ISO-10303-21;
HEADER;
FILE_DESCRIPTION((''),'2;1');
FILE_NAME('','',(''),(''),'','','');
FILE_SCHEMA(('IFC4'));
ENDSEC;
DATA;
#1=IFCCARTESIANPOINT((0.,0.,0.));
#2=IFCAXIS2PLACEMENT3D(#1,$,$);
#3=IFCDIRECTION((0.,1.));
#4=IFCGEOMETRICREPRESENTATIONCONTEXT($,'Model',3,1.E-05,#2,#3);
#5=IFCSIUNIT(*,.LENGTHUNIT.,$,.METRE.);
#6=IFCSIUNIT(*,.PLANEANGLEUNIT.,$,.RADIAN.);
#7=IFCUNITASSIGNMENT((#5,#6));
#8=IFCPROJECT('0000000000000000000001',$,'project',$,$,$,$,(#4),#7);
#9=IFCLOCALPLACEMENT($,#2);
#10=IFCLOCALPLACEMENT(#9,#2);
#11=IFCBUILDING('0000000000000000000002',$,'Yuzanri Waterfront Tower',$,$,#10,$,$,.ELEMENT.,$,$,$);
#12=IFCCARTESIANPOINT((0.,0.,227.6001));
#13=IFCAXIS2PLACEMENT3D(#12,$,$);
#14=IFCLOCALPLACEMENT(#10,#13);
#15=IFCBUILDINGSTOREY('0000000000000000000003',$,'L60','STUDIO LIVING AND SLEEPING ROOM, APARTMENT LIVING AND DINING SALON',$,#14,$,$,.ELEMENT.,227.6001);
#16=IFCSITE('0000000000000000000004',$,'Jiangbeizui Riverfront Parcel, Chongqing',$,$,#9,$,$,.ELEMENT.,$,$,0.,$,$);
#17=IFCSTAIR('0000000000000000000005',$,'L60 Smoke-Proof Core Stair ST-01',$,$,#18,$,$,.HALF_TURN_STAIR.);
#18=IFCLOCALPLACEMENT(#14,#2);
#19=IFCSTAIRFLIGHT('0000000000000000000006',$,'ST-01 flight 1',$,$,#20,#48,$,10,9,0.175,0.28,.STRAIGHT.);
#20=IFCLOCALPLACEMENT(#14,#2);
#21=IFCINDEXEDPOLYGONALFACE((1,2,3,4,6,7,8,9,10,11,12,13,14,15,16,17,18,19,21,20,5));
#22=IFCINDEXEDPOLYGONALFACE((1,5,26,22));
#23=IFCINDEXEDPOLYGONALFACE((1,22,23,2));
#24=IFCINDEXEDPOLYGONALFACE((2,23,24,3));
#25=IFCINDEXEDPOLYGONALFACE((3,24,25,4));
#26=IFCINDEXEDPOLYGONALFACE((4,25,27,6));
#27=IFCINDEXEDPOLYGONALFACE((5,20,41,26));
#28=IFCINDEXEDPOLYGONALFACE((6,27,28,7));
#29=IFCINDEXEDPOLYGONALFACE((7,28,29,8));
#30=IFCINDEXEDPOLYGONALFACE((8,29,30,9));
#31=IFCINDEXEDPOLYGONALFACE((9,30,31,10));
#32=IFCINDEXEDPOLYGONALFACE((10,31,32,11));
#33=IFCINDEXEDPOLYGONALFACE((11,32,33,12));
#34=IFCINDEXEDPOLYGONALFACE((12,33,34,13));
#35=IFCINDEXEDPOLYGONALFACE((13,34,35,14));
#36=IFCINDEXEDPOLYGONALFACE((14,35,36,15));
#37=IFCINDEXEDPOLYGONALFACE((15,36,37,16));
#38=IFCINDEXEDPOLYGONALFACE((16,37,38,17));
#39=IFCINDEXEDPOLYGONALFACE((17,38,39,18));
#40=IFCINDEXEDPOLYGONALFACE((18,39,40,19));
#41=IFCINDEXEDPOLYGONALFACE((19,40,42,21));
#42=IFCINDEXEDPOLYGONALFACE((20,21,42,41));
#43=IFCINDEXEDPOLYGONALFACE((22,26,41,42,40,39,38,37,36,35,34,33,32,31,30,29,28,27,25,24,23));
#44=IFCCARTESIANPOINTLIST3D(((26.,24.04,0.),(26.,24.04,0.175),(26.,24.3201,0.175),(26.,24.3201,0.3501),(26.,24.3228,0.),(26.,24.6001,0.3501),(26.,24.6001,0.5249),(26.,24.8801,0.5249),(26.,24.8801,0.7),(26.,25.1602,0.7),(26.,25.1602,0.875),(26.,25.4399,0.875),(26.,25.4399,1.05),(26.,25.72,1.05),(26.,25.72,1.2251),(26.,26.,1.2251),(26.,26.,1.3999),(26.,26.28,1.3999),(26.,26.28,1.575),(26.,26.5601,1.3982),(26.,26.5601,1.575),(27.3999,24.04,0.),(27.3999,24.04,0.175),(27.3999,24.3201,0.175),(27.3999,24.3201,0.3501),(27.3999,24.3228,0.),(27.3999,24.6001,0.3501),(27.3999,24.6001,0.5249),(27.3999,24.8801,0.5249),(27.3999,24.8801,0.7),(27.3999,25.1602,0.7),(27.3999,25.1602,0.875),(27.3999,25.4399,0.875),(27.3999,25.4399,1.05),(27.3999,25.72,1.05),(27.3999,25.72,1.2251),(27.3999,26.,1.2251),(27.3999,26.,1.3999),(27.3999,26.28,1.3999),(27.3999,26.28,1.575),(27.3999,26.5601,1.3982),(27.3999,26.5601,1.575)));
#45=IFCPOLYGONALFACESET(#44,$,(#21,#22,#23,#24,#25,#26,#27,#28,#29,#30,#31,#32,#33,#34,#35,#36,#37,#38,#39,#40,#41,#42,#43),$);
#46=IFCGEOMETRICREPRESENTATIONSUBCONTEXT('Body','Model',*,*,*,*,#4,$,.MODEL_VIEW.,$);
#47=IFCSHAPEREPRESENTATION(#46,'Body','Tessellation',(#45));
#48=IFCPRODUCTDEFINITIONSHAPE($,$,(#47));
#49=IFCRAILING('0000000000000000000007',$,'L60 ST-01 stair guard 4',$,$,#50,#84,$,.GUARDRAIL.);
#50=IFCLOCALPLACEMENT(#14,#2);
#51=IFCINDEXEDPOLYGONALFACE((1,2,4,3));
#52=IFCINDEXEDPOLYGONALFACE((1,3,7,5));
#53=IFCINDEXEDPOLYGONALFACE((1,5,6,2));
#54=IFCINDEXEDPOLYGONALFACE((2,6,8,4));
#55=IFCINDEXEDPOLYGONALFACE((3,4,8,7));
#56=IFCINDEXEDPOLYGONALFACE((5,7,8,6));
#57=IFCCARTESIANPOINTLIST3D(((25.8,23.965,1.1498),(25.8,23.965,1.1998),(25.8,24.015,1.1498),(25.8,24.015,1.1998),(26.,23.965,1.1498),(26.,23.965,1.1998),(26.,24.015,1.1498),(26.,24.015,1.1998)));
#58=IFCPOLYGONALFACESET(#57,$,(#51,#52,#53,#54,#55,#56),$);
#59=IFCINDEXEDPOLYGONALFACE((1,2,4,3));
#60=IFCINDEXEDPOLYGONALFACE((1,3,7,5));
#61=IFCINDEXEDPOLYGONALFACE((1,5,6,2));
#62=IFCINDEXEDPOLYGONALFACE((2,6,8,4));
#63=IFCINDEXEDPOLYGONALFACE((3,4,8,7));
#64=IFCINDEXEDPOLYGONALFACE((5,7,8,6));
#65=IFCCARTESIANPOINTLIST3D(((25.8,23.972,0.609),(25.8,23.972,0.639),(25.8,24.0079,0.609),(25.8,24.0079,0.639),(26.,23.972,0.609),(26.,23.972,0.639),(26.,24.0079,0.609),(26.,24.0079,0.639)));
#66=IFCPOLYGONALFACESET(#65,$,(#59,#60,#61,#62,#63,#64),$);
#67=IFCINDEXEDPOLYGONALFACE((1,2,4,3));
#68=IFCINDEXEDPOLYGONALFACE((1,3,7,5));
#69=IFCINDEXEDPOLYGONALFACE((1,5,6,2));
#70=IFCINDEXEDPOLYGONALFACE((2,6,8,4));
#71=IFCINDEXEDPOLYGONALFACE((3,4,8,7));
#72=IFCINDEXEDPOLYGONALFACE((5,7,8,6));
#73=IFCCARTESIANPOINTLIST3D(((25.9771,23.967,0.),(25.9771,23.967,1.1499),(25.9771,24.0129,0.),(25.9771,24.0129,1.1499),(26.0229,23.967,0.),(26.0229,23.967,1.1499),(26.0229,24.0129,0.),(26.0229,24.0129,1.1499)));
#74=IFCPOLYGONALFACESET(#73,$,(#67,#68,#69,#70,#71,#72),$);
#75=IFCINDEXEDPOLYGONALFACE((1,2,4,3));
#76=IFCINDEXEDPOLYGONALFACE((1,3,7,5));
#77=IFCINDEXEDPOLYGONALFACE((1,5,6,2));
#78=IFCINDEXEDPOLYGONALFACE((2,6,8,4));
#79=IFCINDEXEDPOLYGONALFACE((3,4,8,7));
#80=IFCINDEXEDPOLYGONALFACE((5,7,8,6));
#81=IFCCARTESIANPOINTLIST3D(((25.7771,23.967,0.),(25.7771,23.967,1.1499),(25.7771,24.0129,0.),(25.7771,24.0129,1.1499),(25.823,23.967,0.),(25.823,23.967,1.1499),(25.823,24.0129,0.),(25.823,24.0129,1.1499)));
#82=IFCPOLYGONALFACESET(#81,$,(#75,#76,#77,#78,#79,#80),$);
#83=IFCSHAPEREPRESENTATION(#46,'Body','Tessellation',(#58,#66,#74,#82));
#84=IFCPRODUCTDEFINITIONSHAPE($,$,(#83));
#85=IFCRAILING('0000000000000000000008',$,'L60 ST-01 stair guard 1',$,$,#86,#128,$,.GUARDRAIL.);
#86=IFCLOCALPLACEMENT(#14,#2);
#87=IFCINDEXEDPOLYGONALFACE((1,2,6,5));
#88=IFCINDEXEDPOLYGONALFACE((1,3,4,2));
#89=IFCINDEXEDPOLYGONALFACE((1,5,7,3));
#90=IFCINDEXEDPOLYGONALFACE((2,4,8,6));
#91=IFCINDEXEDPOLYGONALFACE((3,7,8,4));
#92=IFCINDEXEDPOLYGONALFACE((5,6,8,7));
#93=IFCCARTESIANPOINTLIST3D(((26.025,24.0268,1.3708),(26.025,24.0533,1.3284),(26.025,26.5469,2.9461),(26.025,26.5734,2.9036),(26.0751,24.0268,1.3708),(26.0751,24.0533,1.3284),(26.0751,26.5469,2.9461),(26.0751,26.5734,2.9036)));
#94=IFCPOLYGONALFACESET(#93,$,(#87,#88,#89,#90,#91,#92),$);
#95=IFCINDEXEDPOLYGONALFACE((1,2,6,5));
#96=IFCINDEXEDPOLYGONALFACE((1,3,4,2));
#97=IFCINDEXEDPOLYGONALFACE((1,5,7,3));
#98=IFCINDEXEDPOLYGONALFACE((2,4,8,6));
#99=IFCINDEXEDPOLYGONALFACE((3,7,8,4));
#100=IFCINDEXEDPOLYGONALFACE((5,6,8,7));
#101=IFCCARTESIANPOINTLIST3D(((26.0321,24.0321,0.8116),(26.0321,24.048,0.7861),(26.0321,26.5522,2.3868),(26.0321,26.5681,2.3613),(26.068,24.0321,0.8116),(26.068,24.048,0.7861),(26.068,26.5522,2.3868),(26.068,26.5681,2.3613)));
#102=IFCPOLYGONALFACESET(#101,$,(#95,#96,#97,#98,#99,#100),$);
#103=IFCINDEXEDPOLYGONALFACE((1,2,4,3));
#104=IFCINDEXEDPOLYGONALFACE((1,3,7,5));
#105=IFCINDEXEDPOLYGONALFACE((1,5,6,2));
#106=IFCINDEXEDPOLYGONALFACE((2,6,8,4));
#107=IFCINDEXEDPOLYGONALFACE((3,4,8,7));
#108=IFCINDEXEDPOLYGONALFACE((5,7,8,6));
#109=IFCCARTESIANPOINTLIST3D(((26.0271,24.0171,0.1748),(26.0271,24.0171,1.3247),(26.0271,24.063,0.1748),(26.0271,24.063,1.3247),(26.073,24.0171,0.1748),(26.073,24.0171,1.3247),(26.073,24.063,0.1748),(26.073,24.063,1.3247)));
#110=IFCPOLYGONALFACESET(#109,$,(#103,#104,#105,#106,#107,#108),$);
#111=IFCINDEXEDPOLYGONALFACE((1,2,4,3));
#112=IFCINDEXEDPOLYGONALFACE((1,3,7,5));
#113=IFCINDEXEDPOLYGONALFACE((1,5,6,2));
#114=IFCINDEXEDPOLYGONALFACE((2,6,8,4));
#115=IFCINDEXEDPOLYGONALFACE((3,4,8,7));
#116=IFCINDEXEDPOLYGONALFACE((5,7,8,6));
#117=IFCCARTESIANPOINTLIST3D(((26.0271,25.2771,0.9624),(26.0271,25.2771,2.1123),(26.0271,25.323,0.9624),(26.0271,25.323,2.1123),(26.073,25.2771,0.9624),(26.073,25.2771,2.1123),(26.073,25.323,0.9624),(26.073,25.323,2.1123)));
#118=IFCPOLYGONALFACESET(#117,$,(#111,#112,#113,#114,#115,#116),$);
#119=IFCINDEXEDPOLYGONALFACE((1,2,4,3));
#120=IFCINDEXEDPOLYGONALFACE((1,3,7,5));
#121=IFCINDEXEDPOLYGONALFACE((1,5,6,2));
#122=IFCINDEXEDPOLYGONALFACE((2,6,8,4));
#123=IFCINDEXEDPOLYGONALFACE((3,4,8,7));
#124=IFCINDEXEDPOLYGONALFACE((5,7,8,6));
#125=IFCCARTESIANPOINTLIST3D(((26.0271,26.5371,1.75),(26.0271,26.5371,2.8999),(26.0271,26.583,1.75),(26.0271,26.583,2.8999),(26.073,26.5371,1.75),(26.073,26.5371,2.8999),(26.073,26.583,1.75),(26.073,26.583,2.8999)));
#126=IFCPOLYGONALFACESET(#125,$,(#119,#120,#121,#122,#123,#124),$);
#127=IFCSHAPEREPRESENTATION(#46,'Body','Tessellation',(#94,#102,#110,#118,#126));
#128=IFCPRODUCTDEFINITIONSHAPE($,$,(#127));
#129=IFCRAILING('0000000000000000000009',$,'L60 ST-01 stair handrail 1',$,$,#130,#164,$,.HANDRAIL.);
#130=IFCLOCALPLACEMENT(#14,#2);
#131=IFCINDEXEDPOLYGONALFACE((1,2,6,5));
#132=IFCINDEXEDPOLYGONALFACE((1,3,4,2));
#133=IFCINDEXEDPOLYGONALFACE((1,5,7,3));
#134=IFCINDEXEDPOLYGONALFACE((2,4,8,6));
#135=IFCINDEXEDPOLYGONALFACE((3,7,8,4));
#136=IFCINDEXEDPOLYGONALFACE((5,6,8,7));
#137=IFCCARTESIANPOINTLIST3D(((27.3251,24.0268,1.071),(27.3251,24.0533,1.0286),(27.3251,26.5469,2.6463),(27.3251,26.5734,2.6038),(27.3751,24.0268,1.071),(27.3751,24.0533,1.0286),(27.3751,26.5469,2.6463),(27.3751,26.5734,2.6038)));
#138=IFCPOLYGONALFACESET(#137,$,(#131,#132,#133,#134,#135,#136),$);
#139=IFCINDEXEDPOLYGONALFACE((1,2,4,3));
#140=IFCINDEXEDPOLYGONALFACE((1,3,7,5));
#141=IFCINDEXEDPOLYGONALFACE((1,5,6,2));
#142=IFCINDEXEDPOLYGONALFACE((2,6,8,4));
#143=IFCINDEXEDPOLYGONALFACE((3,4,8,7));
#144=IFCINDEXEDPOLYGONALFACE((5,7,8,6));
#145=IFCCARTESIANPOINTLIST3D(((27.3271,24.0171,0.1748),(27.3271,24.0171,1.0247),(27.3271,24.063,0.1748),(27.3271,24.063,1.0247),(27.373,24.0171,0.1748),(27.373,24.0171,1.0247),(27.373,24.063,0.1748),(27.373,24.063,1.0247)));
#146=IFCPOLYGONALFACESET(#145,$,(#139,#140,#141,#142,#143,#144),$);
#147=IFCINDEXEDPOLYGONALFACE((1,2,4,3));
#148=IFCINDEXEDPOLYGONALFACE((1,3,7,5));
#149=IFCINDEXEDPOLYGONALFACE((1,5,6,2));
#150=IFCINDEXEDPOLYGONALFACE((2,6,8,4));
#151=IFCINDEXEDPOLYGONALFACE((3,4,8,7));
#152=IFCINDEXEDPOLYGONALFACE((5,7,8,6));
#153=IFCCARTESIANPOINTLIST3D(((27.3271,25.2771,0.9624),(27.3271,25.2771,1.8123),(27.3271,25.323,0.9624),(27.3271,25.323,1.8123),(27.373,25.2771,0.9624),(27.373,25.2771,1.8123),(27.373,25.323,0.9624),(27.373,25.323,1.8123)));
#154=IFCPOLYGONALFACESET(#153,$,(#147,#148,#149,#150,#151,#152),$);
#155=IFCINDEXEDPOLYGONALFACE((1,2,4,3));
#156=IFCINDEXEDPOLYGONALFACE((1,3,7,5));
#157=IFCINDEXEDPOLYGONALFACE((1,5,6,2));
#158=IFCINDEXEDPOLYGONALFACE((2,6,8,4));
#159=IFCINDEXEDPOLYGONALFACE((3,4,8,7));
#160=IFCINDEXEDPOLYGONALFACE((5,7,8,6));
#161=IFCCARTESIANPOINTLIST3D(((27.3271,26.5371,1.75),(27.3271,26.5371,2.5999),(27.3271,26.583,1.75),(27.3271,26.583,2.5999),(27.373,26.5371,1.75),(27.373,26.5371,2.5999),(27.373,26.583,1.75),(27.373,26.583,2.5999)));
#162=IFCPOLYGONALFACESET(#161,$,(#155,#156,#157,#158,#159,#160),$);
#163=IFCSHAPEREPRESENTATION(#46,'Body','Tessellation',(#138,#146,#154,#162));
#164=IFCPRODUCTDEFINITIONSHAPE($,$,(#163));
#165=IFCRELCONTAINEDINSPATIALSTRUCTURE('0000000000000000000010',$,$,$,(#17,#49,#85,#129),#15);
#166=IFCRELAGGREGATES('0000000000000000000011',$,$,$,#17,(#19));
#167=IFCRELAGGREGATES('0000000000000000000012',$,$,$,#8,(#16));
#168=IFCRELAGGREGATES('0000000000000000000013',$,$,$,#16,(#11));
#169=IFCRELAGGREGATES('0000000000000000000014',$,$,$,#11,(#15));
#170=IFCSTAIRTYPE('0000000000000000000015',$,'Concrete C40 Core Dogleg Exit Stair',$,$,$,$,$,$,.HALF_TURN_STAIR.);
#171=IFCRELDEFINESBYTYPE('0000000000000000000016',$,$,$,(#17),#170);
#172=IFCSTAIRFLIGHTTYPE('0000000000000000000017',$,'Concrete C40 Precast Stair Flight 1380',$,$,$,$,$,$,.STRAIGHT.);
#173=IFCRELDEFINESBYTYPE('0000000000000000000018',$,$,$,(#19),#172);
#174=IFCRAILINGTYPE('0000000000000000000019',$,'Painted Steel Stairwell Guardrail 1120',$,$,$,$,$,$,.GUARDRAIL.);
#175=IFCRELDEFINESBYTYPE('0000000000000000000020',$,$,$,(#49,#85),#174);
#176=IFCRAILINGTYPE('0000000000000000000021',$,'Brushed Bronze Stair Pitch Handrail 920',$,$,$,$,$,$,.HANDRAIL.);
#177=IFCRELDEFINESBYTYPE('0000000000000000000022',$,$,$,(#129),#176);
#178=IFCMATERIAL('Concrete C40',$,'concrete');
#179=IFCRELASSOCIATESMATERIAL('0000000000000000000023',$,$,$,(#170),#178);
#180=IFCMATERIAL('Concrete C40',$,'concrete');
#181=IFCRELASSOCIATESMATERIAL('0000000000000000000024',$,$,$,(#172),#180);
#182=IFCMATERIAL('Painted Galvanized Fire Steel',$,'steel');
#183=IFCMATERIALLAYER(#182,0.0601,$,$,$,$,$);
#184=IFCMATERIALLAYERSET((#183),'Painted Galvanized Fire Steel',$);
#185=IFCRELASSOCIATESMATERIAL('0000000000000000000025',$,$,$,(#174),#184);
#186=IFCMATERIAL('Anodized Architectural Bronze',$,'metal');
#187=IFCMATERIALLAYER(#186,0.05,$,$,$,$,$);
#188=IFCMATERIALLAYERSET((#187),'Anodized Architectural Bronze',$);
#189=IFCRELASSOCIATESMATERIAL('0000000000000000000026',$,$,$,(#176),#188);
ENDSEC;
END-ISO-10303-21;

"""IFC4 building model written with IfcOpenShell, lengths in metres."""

from ifc_helpers import new_model, si_unit, direction, frame, origin, origin_2d, place, context, subcontext, project, spatial, polyline, rectangle, outline, extrude, source, transform, mapped, material, layer, layer_set, type_object, element, aggregate, save


model = new_model("IFC4")

# Units and contexts
model_context = context("Model", 3, precision=1e-05, world=origin(), true_north=direction((0.0, 1.0)))
body_context = subcontext(model_context, "Body", "Model", "MODEL_VIEW")
ifc_project = project(units=[si_unit("LENGTHUNIT", "METRE"), si_unit("PLANEANGLEUNIT", "RADIAN")], contexts=[model_context])

# Site, building, storey
site_placement = place(None, origin())
site = spatial("IfcSite", under=ifc_project, at=site_placement, Name="Jiangbeizui Riverfront Parcel, Chongqing", CompositionType="ELEMENT", RefElevation=0.0)
building_placement = place(site_placement, origin())
building = spatial("IfcBuilding", under=site, at=building_placement, Name="Yuzanri Waterfront Tower", CompositionType="ELEMENT")
storey_placement = place(building_placement, frame((0.0, 0.0, 227.6001)))
storey = spatial("IfcBuildingStorey", under=building, at=storey_placement, Name="L60", Description="STUDIO LIVING AND SLEEPING ROOM, APARTMENT LIVING AND DINING SALON", CompositionType="ELEMENT", Elevation=227.6001)

# Stair, stair flight
ifc_material_1 = material(Name="Concrete C40", Category="concrete")
stair_type = type_object("IfcStairType", Name="Concrete C40 Core Dogleg Exit Stair", PredefinedType="HALF_TURN_STAIR", material=ifc_material_1)
stair_placement = place(storey_placement, origin())
stair = element("IfcStair", 1, at=stair_placement, inside=storey, type_object=stair_type, Name="L60 Smoke-Proof Core Stair ST-01", PredefinedType="HALF_TURN_STAIR")
ifc_material_2 = material(Name="Concrete C40", Category="concrete")
stair_flight_type = type_object("IfcStairFlightType", Name="Concrete C40 Precast Stair Flight 1380", PredefinedType="STRAIGHT", material=ifc_material_2)
shared_shape_1 = source(origin(), body_context, "Body", "SweptSolid", [
    extrude(outline(polyline([(0.0, 0.0), (0.0, 0.175), (0.28, 0.175), (0.28, 0.3501), (0.5601, 0.3501), (0.5601, 0.5249), (0.8401, 0.5249), (0.8401, 0.7), (1.1201, 0.7), (1.1201, 0.875), (1.3999, 0.875), (1.3999, 1.05), (1.6799, 1.05), (1.6799, 1.2251), (1.96, 1.2251), (1.96, 1.3999), (2.24, 1.3999), (2.24, 1.575), (2.52, 1.575), (2.52, 1.75), (2.52, 1.3982), (0.2827, 0.0), (0.0, 0.0)])), frame((0.0, 0.7, 0.0), z_axis=(0.0, -1.0, 0.0), x_axis=(1.0, 0.0, 0.0)), (0.0, 0.0, 1.0), 1.3999),
])
stair_flight_placement = place(storey_placement, frame((26.7, 24.04, 0.0), z_axis=(0.0, 0.0, 1.0), x_axis=(0.0, 1.0, 0.0)))
stair_flight = element("IfcStairFlight", 2, at=stair_flight_placement, type_object=stair_flight_type, Name="ST-01 flight 1", NumberOfRisers=10, NumberOfTreads=9, PredefinedType="STRAIGHT", RiserHeight=0.175, TreadLength=0.28, context=body_context, shape_type="MappedRepresentation", body=[
    mapped(shared_shape_1, transform((0.0, 0.0, 0.0), scale=1.0)),
])
aggregate(stair, [stair_flight])

# Railings
ifc_material_3 = material(Name="Painted Galvanized Fire Steel", Category="steel")
ifc_layer_1 = layer(ifc_material_3, 0.0601)
ifc_layer_set_1 = layer_set([ifc_layer_1], Name="Painted Galvanized Fire Steel")
railing_type_1 = type_object("IfcRailingType", Name="Painted Steel Stairwell Guardrail 1120", PredefinedType="GUARDRAIL", material=ifc_layer_set_1)
shared_shape_2 = source(origin(), body_context, "Body", "SweptSolid", [
    extrude(rectangle(XDim=0.05, YDim=0.05, at=origin_2d()), frame((0.0, 0.0, 1.1748), z_axis=(-1.0, 0.0, 0.0), x_axis=(0.0, -1.0, 0.0)), (0.0, 0.0, 1.0), 0.2),
    extrude(rectangle(XDim=0.0359, YDim=0.03, at=origin_2d()), frame((0.0, 0.0, 0.624), z_axis=(-1.0, 0.0, 0.0), x_axis=(0.0, -1.0, 0.0)), (0.0, 0.0, 1.0), 0.2),
    extrude(rectangle(XDim=0.0459, YDim=0.0459, at=origin_2d()), origin(), (0.0, 0.0, 1.0), 1.1499),
    extrude(rectangle(XDim=0.0459, YDim=0.0459, at=origin_2d()), frame((-0.2, 0.0, 0.0)), (0.0, 0.0, 1.0), 1.1499),
])
railing_1_placement = place(storey_placement, frame((26.0, 23.99, 0.0)))
element("IfcRailing", 3, at=railing_1_placement, inside=storey, type_object=railing_type_1, Name="L60 ST-01 stair guard 4", PredefinedType="GUARDRAIL", context=body_context, shape_type="MappedRepresentation", body=[
    mapped(shared_shape_2, transform((0.0, 0.0, 0.0), scale=1.0)),
])
shared_shape_3 = source(origin(), body_context, "Body", "SweptSolid", [
    extrude(rectangle(XDim=0.05, YDim=0.05, at=origin_2d()), frame((0.0, 0.0, 1.1748), z_axis=(0.0, 0.847971, 0.530043), x_axis=(-1.0, 0.0, 0.0)), (0.0, 0.0, 1.0), 2.9719),
    extrude(rectangle(XDim=0.0359, YDim=0.03, at=origin_2d()), frame((0.0, 0.0, 0.624), z_axis=(0.0, 0.847971, 0.530043), x_axis=(-1.0, 0.0, 0.0)), (0.0, 0.0, 1.0), 2.9719),
    extrude(rectangle(XDim=0.0459, YDim=0.0459, at=origin_2d()), origin(), (0.0, 0.0, 1.0), 1.1499),
    extrude(rectangle(XDim=0.0459, YDim=0.0459, at=origin_2d()), frame((0.0, 1.26, 0.7876)), (0.0, 0.0, 1.0), 1.1499),
    extrude(rectangle(XDim=0.0459, YDim=0.0459, at=origin_2d()), frame((0.0, 2.52, 1.5752)), (0.0, 0.0, 1.0), 1.1499),
])
railing_2_placement = place(storey_placement, frame((26.05, 24.04, 0.1748)))
element("IfcRailing", 4, at=railing_2_placement, inside=storey, type_object=railing_type_1, Name="L60 ST-01 stair guard 1", PredefinedType="GUARDRAIL", context=body_context, shape_type="MappedRepresentation", body=[
    mapped(shared_shape_3, transform((0.0, 0.0, 0.0), scale=1.0)),
])
ifc_material_4 = material(Name="Anodized Architectural Bronze", Category="metal")
ifc_layer_2 = layer(ifc_material_4, 0.05)
ifc_layer_set_2 = layer_set([ifc_layer_2], Name="Anodized Architectural Bronze")
railing_type_2 = type_object("IfcRailingType", Name="Brushed Bronze Stair Pitch Handrail 920", PredefinedType="HANDRAIL", material=ifc_layer_set_2)
shared_shape_4 = source(origin(), body_context, "Body", "SweptSolid", [
    extrude(rectangle(XDim=0.05, YDim=0.05, at=origin_2d()), frame((0.0, 0.0, 0.875), z_axis=(0.0, 0.847971, 0.530043), x_axis=(-1.0, 0.0, 0.0)), (0.0, 0.0, 1.0), 2.9719),
    extrude(rectangle(XDim=0.0459, YDim=0.0459, at=origin_2d()), origin(), (0.0, 0.0, 1.0), 0.8499),
    extrude(rectangle(XDim=0.0459, YDim=0.0459, at=origin_2d()), frame((0.0, 1.26, 0.7876)), (0.0, 0.0, 1.0), 0.8499),
    extrude(rectangle(XDim=0.0459, YDim=0.0459, at=origin_2d()), frame((0.0, 2.52, 1.5752)), (0.0, 0.0, 1.0), 0.8499),
])
railing_3_placement = place(storey_placement, frame((27.3501, 24.04, 0.1748)))
element("IfcRailing", 5, at=railing_3_placement, inside=storey, type_object=railing_type_2, Name="L60 ST-01 stair handrail 1", PredefinedType="HANDRAIL", context=body_context, shape_type="MappedRepresentation", body=[
    mapped(shared_shape_4, transform((0.0, 0.0, 0.0), scale=1.0)),
])

save(model, "model.ifc")
